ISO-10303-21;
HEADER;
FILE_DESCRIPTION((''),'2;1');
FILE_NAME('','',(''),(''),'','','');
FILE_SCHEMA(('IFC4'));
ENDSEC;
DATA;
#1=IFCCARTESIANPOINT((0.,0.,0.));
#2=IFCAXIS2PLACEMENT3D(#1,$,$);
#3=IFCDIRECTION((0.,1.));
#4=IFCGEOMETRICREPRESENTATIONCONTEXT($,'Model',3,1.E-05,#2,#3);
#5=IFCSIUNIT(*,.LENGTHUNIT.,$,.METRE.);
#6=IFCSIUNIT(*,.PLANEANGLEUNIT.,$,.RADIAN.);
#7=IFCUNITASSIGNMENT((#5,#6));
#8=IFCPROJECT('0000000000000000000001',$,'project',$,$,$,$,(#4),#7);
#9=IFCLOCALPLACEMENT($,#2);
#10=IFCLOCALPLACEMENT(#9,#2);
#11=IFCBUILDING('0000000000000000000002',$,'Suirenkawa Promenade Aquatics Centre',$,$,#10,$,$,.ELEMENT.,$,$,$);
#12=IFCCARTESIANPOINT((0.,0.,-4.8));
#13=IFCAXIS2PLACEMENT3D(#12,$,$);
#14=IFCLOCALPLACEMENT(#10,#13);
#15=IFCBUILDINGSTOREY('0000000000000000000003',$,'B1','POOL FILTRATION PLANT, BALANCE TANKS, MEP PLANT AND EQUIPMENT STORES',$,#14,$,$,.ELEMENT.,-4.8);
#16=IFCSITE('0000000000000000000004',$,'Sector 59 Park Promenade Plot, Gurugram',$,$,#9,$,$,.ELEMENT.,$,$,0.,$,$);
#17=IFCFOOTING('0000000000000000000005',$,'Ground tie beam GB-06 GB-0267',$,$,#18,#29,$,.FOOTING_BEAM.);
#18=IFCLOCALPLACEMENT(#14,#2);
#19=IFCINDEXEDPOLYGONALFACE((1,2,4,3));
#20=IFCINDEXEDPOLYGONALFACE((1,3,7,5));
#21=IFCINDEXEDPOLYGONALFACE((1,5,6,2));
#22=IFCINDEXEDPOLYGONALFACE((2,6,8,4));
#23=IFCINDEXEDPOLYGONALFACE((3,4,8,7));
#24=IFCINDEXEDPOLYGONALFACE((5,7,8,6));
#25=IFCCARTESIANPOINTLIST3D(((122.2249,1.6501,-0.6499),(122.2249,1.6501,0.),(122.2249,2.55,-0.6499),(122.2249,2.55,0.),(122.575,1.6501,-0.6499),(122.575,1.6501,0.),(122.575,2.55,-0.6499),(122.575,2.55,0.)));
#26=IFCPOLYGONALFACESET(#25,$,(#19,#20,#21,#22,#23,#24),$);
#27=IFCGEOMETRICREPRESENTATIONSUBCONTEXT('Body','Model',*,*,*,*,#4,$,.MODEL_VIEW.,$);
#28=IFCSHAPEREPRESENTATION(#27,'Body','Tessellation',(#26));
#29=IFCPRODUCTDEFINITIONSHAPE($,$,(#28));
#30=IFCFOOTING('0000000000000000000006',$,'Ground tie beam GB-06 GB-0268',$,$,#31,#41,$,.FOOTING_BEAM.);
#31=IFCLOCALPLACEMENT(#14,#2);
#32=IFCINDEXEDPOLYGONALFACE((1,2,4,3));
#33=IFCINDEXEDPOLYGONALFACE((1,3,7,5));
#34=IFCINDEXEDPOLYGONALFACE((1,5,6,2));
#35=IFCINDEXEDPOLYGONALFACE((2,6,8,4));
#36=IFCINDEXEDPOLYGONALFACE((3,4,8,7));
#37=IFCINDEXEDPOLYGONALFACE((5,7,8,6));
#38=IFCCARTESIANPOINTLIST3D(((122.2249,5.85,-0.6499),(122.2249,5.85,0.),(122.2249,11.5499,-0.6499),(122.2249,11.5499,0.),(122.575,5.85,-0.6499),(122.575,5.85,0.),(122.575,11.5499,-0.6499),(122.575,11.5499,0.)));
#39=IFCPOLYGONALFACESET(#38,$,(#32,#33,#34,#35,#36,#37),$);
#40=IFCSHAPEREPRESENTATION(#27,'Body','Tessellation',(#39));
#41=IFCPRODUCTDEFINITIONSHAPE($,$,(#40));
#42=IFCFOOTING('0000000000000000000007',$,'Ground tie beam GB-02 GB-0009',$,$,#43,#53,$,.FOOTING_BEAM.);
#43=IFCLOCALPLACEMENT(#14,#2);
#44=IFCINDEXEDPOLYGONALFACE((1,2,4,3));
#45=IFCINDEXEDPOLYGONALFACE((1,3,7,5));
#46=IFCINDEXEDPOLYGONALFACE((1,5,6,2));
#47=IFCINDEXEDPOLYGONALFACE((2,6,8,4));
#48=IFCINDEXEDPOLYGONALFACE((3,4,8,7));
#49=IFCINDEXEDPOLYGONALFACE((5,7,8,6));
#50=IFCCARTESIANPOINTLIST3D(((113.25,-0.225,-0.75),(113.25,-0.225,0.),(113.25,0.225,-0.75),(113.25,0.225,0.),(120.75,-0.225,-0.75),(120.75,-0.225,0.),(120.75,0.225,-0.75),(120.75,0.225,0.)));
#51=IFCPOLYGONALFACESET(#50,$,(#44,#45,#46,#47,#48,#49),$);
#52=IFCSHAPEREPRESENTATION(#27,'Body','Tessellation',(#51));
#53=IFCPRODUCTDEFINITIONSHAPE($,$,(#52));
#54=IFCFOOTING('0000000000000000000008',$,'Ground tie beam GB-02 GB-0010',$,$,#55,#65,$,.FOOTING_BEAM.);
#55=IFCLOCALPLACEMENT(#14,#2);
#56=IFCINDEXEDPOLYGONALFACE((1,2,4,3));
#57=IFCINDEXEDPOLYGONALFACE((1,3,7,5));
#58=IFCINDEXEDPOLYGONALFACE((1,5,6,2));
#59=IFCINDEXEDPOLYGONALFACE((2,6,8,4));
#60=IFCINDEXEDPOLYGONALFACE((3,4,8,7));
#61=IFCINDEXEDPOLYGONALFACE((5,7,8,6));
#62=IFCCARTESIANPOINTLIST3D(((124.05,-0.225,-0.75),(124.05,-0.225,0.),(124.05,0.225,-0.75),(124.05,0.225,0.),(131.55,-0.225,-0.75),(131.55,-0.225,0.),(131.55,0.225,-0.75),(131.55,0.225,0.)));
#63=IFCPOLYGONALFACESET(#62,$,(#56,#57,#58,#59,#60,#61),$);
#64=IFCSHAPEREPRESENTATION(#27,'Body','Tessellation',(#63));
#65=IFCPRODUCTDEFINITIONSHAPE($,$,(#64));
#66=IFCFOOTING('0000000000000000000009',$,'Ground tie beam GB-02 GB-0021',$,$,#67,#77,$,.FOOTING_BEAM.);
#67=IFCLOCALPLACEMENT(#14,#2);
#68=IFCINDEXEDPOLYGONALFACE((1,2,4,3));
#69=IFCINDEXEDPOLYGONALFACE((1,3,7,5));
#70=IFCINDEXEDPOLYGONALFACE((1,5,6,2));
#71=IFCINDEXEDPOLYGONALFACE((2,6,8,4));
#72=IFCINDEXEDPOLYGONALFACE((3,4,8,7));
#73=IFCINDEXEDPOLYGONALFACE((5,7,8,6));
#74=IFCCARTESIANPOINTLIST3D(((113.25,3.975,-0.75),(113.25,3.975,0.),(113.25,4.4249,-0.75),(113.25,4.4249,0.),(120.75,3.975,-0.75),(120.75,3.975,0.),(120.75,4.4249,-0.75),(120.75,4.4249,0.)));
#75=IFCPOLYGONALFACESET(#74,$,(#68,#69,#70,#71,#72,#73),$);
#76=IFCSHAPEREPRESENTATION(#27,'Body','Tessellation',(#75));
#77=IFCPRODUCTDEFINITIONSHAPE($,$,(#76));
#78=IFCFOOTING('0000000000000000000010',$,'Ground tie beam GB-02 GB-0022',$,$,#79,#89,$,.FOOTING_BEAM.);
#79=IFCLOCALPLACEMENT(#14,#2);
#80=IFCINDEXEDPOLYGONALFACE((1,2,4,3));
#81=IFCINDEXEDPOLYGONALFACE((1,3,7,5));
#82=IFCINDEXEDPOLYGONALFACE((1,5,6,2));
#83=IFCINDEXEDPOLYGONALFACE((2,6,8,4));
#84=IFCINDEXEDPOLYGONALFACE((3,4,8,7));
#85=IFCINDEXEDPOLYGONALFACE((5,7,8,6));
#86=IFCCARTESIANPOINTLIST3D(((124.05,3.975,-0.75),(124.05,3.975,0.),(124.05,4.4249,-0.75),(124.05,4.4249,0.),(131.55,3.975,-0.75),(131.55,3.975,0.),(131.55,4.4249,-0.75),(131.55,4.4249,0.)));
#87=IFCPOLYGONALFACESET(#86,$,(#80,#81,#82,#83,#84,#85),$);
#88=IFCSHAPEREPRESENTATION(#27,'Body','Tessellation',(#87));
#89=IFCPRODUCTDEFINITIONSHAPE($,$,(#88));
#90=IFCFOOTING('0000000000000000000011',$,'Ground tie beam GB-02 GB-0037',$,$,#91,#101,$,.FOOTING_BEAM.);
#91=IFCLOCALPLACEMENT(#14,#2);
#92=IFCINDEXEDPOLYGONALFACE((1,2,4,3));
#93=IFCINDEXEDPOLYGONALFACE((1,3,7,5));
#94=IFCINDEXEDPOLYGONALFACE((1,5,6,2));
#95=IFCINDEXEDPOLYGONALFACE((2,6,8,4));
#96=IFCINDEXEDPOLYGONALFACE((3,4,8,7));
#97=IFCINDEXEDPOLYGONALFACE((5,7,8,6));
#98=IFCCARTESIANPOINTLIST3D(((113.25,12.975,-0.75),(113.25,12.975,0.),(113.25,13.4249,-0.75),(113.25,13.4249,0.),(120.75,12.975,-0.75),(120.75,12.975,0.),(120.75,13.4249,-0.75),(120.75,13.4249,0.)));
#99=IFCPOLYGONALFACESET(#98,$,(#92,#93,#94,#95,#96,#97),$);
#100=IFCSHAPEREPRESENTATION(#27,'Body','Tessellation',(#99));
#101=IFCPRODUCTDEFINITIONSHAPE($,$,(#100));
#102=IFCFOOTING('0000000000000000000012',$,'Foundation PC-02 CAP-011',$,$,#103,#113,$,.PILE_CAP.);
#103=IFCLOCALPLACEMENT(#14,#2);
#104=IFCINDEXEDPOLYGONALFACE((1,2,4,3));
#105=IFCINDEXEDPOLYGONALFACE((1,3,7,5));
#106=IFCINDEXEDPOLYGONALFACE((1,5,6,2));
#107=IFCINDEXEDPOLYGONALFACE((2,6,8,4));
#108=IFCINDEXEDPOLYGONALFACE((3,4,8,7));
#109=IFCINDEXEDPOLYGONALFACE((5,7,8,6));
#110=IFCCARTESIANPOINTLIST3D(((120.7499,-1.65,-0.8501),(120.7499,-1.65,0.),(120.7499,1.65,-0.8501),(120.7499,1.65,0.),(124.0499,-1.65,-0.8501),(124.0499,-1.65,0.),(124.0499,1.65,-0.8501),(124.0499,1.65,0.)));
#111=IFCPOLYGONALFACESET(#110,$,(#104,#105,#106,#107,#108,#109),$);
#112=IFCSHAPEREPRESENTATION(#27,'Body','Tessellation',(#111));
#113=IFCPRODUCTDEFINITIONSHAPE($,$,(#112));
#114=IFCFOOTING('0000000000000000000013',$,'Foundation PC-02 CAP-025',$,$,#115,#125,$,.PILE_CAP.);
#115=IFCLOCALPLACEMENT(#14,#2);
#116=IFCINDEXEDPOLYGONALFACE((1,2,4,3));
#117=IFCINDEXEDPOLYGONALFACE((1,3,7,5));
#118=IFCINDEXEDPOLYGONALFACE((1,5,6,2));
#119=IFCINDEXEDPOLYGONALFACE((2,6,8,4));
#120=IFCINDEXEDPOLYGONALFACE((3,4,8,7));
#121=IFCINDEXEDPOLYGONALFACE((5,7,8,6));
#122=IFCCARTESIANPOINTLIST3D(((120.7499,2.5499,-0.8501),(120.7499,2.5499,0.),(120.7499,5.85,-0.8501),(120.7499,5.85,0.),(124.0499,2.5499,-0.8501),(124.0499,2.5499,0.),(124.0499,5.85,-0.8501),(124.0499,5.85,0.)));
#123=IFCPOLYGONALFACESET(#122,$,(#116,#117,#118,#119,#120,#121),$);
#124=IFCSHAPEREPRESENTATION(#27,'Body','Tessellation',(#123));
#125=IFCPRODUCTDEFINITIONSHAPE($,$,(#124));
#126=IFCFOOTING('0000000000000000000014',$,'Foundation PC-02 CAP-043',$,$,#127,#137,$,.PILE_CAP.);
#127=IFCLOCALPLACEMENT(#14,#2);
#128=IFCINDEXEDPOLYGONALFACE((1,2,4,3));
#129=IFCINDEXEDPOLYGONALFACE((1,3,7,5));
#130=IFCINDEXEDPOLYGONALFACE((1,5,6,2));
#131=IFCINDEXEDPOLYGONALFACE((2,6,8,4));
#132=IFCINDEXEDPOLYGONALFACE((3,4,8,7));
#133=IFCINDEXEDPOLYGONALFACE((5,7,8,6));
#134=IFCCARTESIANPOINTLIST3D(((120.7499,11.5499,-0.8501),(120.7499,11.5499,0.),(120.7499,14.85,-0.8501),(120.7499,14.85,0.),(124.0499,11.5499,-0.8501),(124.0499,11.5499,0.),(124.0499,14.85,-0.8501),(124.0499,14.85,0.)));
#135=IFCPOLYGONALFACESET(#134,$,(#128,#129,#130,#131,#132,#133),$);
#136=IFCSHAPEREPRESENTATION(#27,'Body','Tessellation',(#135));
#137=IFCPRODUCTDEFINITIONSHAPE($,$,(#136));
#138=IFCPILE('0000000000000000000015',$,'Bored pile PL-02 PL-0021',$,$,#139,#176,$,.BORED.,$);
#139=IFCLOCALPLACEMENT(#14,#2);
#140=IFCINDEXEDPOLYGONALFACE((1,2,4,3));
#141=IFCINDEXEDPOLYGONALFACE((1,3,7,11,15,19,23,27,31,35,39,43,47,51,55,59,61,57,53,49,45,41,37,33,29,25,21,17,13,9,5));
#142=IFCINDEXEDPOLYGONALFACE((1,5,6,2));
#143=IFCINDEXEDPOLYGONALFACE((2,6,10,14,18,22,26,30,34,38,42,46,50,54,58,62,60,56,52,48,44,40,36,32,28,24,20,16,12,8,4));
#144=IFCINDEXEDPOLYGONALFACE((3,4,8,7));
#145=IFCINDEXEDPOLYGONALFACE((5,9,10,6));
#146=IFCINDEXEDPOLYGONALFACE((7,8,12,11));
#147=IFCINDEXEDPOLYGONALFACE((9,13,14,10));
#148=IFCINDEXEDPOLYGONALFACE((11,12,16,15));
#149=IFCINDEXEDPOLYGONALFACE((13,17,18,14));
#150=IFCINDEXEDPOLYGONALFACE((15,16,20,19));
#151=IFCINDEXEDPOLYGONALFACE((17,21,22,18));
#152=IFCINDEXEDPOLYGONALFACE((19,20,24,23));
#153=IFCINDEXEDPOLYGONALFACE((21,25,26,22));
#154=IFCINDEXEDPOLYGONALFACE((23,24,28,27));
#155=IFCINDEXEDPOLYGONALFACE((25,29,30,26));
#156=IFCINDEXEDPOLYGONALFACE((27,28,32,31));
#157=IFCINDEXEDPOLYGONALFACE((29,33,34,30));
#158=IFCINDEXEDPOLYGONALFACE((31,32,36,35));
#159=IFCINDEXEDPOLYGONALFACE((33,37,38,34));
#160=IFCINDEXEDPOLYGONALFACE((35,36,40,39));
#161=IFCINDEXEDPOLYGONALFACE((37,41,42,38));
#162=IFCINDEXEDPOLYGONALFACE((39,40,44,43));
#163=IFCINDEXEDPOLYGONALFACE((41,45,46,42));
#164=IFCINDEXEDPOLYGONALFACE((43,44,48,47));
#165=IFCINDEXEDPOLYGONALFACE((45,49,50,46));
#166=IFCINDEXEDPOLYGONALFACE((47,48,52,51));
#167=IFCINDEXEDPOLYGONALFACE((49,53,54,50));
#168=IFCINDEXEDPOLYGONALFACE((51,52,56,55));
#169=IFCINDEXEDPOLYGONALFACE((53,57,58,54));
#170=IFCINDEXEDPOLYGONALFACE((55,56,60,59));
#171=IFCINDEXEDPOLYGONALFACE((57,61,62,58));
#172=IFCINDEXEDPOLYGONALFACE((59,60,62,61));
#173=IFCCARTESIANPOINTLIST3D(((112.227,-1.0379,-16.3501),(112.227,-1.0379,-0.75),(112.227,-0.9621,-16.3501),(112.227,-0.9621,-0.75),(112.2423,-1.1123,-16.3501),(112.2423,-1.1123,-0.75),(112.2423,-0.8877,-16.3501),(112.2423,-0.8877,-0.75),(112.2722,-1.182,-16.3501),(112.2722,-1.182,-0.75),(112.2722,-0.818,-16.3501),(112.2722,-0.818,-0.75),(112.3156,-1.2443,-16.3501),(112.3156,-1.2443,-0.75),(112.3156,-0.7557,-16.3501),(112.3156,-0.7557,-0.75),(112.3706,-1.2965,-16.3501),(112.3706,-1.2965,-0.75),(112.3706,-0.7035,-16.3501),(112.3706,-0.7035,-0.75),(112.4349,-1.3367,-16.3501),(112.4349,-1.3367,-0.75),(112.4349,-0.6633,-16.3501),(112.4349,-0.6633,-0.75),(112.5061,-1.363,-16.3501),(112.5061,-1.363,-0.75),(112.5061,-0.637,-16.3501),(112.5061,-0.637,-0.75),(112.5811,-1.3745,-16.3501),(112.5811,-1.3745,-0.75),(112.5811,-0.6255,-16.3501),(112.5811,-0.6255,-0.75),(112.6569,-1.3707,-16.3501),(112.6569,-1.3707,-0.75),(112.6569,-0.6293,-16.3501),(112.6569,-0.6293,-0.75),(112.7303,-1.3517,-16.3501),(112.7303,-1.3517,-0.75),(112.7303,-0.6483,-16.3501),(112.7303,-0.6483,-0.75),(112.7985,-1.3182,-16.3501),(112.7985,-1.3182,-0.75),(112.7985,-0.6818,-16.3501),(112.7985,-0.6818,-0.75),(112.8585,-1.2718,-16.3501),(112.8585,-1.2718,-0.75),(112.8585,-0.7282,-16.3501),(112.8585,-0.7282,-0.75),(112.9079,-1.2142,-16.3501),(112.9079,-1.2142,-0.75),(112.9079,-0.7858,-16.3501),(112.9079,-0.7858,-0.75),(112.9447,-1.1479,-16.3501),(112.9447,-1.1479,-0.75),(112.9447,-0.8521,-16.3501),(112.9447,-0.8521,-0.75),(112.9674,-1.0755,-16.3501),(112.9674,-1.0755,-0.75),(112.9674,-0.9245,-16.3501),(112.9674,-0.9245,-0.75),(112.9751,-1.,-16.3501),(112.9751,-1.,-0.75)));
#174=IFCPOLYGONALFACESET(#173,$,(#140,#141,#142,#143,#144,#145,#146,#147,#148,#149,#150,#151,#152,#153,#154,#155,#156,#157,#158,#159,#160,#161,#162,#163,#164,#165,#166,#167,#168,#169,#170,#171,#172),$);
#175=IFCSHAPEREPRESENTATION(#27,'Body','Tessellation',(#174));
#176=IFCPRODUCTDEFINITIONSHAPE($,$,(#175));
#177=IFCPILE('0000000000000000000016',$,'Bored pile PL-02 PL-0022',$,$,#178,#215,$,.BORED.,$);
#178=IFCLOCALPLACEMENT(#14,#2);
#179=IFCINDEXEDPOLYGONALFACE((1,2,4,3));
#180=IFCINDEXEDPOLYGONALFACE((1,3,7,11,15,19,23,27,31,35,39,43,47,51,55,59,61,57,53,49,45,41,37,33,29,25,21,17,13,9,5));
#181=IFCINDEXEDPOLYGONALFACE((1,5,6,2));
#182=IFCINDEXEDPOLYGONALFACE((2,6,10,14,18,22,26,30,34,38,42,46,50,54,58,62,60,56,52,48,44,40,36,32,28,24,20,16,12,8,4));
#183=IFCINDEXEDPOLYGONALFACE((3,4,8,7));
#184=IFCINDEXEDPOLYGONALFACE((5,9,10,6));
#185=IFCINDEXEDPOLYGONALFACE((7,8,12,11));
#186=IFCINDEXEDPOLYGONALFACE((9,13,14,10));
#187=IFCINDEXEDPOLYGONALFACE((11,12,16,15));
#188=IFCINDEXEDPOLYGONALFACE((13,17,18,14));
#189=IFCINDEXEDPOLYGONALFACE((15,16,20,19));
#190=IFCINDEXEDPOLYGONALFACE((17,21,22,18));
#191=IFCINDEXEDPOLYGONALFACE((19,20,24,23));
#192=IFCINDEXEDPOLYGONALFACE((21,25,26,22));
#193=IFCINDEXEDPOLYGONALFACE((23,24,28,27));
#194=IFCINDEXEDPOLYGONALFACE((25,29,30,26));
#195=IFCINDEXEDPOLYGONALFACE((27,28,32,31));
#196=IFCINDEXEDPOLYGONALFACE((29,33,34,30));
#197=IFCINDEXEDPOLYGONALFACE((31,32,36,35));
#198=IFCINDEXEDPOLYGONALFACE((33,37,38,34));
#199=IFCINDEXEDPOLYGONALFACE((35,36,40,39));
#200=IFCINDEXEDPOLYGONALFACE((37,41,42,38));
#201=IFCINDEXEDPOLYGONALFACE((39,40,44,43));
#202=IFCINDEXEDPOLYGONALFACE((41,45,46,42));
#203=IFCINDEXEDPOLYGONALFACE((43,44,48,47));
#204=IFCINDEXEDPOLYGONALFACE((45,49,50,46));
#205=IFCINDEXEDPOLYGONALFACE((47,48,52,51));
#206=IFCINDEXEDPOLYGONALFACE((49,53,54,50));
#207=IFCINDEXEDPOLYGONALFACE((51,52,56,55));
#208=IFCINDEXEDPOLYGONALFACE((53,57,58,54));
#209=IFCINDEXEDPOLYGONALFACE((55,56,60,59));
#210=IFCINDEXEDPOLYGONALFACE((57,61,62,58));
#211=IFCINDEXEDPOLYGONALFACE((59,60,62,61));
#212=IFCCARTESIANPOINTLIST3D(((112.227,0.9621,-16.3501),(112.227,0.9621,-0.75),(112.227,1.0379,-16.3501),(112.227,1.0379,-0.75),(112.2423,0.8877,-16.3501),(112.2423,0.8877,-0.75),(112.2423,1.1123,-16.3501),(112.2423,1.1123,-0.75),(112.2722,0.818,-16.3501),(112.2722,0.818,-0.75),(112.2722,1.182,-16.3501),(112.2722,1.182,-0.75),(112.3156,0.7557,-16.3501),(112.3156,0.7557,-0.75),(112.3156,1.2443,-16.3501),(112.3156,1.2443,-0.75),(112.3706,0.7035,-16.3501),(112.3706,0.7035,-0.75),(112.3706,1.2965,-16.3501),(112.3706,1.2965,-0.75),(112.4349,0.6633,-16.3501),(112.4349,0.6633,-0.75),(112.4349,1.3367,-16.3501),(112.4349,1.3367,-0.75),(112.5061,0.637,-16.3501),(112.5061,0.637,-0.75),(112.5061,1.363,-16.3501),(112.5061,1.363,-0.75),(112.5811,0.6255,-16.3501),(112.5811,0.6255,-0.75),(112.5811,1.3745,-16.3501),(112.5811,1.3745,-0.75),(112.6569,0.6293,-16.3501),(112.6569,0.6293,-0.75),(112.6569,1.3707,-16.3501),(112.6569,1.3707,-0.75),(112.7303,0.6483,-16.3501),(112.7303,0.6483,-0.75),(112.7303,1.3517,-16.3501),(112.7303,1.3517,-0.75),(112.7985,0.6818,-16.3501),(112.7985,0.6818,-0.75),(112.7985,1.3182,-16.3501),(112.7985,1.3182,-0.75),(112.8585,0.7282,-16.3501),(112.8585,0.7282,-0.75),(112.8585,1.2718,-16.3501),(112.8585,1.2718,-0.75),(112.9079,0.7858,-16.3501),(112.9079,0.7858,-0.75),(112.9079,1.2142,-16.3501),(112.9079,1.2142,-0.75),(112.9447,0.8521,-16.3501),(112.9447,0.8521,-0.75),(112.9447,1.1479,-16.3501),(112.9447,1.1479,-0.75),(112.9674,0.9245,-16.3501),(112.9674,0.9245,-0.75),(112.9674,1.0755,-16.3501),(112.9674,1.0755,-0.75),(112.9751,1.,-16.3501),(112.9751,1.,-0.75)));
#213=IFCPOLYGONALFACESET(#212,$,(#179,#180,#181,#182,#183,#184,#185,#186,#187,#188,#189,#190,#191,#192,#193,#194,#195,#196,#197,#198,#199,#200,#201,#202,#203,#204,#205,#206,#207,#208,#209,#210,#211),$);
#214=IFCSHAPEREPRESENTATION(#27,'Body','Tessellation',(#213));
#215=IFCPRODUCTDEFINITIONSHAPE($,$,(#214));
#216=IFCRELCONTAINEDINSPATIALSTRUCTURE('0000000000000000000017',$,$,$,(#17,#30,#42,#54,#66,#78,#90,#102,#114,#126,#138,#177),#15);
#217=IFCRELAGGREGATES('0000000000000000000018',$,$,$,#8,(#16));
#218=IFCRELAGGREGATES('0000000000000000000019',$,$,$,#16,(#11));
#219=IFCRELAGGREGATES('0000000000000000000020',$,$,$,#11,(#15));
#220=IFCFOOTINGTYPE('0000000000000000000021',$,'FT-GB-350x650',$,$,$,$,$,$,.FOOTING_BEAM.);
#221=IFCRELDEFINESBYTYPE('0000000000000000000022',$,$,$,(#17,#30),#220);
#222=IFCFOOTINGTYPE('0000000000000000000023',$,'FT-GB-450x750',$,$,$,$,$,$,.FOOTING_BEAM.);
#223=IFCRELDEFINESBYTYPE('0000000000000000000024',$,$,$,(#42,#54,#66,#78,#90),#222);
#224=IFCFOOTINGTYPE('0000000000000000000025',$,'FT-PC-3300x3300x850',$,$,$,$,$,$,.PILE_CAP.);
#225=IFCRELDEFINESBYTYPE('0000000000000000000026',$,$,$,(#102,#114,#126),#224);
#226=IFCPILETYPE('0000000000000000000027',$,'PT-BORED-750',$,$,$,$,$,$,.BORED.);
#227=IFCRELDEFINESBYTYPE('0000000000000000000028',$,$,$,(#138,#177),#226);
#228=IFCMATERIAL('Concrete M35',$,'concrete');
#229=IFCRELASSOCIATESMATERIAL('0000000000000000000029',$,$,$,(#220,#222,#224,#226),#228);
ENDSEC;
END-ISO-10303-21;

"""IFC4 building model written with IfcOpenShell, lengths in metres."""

from ifc_helpers import new_model, si_unit, direction, frame, origin, origin_2d, place, context, subcontext, project, spatial, rectangle, circle, extrude, material, material_profile, profile_set, type_object, element, save


model = new_model("IFC4")

# Units and contexts
model_context = context("Model", 3, precision=1e-05, world=origin(), true_north=direction((0.0, 1.0)))
body_context = subcontext(model_context, "Body", "Model", "MODEL_VIEW")
ifc_project = project(units=[si_unit("LENGTHUNIT", "METRE"), si_unit("PLANEANGLEUNIT", "RADIAN")], contexts=[model_context])

# Site, building, storey
site_placement = place(None, origin())
site = spatial("IfcSite", under=ifc_project, at=site_placement, Name="Sector 59 Park Promenade Plot, Gurugram", CompositionType="ELEMENT", RefElevation=0.0)
building_placement = place(site_placement, origin())
building = spatial("IfcBuilding", under=site, at=building_placement, Name="Suirenkawa Promenade Aquatics Centre", CompositionType="ELEMENT")
storey_placement = place(building_placement, frame((0.0, 0.0, -4.8)))
storey = spatial("IfcBuildingStorey", under=building, at=storey_placement, Name="B1", Description="POOL FILTRATION PLANT, BALANCE TANKS, MEP PLANT AND EQUIPMENT STORES", CompositionType="ELEMENT", Elevation=-4.8)

# Footings
ifc_material_1 = material(Name="Concrete M35", Category="concrete")
footing_type_1 = type_object("IfcFootingType", Name="FT-GB-350x650", PredefinedType="FOOTING_BEAM", material=ifc_material_1)
footing_1_placement = place(storey_placement, frame((122.3999, 2.1001, -0.6499), z_axis=(0.0, 0.0, 1.0), x_axis=(0.0, 1.0, 0.0)))
element("IfcFooting", 1, at=footing_1_placement, inside=storey, type_object=footing_type_1, Name="Ground tie beam GB-06 GB-0267", PredefinedType="FOOTING_BEAM", context=body_context, shape_type="SweptSolid", body=[
    extrude(rectangle(XDim=0.8999, YDim=0.3501, at=origin_2d()), origin(), (0.0, 0.0, 1.0), 0.6499),
])
footing_2_placement = place(storey_placement, frame((122.3999, 8.7, -0.6499), z_axis=(0.0, 0.0, 1.0), x_axis=(0.0, 1.0, 0.0)))
element("IfcFooting", 2, at=footing_2_placement, inside=storey, type_object=footing_type_1, Name="Ground tie beam GB-06 GB-0268", PredefinedType="FOOTING_BEAM", context=body_context, shape_type="SweptSolid", body=[
    extrude(rectangle(XDim=5.7, YDim=0.3501, at=origin_2d()), origin(), (0.0, 0.0, 1.0), 0.6499),
])
footing_type_2 = type_object("IfcFootingType", Name="FT-GB-450x750", PredefinedType="FOOTING_BEAM", material=ifc_material_1)
for number, where, z_axis, x_axis, name in (
    (3, (117.0, 0.0, -0.75), (0.0, 0.0, 1.0), (1.0, 0.0, 0.0), "Ground tie beam GB-02 GB-0009"),
    (4, (127.8, 0.0, -0.75), (0.0, 0.0, 1.0), (1.0, 0.0, 0.0), "Ground tie beam GB-02 GB-0010"),
    (5, (117.0, 4.2, -0.75), (0.0, 0.0, 1.0), (1.0, 0.0, 0.0), "Ground tie beam GB-02 GB-0021"),
    (6, (127.8, 4.2, -0.75), (0.0, 0.0, 1.0), (1.0, 0.0, 0.0), "Ground tie beam GB-02 GB-0022"),
    (7, (117.0, 13.2, -0.75), (0.0, 0.0, 1.0), (1.0, 0.0, 0.0), "Ground tie beam GB-02 GB-0037"),
):
    element("IfcFooting", number, at=place(storey_placement, frame(where, z_axis=z_axis, x_axis=x_axis)), inside=storey, type_object=footing_type_2, Name=name, PredefinedType="FOOTING_BEAM", context=body_context, shape_type="SweptSolid", body=[
        extrude(rectangle(XDim=7.5, YDim=0.45, at=origin_2d()), origin(), (0.0, 0.0, 1.0), 0.75),
    ])
footing_type_3 = type_object("IfcFootingType", Name="FT-PC-3300x3300x850", PredefinedType="PILE_CAP", material=ifc_material_1)
for number, where, z_axis, x_axis, name in (
    (8, (122.3999, 0.0, -0.8501), (0.0, 0.0, 1.0), (1.0, 0.0, 0.0), "Foundation PC-02 CAP-011"),
    (9, (122.3999, 4.2, -0.8501), (0.0, 0.0, 1.0), (1.0, 0.0, 0.0), "Foundation PC-02 CAP-025"),
    (10, (122.3999, 13.2, -0.8501), (0.0, 0.0, 1.0), (1.0, 0.0, 0.0), "Foundation PC-02 CAP-043"),
):
    element("IfcFooting", number, at=place(storey_placement, frame(where, z_axis=z_axis, x_axis=x_axis)), inside=storey, type_object=footing_type_3, Name=name, PredefinedType="PILE_CAP", context=body_context, shape_type="SweptSolid", body=[
        extrude(rectangle(XDim=3.3, YDim=3.3, at=origin_2d()), origin(), (0.0, 0.0, 1.0), 0.8501),
    ])

# Piles
ifc_material_profile_1 = material_profile(ifc_material_1, circle(Radius=0.375, at=origin_2d()), Name="PILE D750", Category="concrete")
ifc_profile_set_1 = profile_set([ifc_material_profile_1], Name="Concrete M35")
pile_type = type_object("IfcPileType", Name="PT-BORED-750", PredefinedType="BORED", material=ifc_profile_set_1)
for number, where, z_axis, x_axis, name in (
    (11, (112.6001, -1.0, -0.75), (0.0, 0.0, -1.0), (1.0, 0.0, 0.0), "Bored pile PL-02 PL-0021"),
    (12, (112.6001, 1.0, -0.75), (0.0, 0.0, -1.0), (1.0, 0.0, 0.0), "Bored pile PL-02 PL-0022"),
):
    element("IfcPile", number, at=place(storey_placement, frame(where, z_axis=z_axis, x_axis=x_axis)), inside=storey, type_object=pile_type, Name=name, PredefinedType="BORED", context=body_context, shape_type="SweptSolid", body=[
        extrude(circle(Radius=0.375, at=origin_2d()), origin(), (0.0, 0.0, 1.0), 15.6001),
    ])

save(model, "model.ifc")
